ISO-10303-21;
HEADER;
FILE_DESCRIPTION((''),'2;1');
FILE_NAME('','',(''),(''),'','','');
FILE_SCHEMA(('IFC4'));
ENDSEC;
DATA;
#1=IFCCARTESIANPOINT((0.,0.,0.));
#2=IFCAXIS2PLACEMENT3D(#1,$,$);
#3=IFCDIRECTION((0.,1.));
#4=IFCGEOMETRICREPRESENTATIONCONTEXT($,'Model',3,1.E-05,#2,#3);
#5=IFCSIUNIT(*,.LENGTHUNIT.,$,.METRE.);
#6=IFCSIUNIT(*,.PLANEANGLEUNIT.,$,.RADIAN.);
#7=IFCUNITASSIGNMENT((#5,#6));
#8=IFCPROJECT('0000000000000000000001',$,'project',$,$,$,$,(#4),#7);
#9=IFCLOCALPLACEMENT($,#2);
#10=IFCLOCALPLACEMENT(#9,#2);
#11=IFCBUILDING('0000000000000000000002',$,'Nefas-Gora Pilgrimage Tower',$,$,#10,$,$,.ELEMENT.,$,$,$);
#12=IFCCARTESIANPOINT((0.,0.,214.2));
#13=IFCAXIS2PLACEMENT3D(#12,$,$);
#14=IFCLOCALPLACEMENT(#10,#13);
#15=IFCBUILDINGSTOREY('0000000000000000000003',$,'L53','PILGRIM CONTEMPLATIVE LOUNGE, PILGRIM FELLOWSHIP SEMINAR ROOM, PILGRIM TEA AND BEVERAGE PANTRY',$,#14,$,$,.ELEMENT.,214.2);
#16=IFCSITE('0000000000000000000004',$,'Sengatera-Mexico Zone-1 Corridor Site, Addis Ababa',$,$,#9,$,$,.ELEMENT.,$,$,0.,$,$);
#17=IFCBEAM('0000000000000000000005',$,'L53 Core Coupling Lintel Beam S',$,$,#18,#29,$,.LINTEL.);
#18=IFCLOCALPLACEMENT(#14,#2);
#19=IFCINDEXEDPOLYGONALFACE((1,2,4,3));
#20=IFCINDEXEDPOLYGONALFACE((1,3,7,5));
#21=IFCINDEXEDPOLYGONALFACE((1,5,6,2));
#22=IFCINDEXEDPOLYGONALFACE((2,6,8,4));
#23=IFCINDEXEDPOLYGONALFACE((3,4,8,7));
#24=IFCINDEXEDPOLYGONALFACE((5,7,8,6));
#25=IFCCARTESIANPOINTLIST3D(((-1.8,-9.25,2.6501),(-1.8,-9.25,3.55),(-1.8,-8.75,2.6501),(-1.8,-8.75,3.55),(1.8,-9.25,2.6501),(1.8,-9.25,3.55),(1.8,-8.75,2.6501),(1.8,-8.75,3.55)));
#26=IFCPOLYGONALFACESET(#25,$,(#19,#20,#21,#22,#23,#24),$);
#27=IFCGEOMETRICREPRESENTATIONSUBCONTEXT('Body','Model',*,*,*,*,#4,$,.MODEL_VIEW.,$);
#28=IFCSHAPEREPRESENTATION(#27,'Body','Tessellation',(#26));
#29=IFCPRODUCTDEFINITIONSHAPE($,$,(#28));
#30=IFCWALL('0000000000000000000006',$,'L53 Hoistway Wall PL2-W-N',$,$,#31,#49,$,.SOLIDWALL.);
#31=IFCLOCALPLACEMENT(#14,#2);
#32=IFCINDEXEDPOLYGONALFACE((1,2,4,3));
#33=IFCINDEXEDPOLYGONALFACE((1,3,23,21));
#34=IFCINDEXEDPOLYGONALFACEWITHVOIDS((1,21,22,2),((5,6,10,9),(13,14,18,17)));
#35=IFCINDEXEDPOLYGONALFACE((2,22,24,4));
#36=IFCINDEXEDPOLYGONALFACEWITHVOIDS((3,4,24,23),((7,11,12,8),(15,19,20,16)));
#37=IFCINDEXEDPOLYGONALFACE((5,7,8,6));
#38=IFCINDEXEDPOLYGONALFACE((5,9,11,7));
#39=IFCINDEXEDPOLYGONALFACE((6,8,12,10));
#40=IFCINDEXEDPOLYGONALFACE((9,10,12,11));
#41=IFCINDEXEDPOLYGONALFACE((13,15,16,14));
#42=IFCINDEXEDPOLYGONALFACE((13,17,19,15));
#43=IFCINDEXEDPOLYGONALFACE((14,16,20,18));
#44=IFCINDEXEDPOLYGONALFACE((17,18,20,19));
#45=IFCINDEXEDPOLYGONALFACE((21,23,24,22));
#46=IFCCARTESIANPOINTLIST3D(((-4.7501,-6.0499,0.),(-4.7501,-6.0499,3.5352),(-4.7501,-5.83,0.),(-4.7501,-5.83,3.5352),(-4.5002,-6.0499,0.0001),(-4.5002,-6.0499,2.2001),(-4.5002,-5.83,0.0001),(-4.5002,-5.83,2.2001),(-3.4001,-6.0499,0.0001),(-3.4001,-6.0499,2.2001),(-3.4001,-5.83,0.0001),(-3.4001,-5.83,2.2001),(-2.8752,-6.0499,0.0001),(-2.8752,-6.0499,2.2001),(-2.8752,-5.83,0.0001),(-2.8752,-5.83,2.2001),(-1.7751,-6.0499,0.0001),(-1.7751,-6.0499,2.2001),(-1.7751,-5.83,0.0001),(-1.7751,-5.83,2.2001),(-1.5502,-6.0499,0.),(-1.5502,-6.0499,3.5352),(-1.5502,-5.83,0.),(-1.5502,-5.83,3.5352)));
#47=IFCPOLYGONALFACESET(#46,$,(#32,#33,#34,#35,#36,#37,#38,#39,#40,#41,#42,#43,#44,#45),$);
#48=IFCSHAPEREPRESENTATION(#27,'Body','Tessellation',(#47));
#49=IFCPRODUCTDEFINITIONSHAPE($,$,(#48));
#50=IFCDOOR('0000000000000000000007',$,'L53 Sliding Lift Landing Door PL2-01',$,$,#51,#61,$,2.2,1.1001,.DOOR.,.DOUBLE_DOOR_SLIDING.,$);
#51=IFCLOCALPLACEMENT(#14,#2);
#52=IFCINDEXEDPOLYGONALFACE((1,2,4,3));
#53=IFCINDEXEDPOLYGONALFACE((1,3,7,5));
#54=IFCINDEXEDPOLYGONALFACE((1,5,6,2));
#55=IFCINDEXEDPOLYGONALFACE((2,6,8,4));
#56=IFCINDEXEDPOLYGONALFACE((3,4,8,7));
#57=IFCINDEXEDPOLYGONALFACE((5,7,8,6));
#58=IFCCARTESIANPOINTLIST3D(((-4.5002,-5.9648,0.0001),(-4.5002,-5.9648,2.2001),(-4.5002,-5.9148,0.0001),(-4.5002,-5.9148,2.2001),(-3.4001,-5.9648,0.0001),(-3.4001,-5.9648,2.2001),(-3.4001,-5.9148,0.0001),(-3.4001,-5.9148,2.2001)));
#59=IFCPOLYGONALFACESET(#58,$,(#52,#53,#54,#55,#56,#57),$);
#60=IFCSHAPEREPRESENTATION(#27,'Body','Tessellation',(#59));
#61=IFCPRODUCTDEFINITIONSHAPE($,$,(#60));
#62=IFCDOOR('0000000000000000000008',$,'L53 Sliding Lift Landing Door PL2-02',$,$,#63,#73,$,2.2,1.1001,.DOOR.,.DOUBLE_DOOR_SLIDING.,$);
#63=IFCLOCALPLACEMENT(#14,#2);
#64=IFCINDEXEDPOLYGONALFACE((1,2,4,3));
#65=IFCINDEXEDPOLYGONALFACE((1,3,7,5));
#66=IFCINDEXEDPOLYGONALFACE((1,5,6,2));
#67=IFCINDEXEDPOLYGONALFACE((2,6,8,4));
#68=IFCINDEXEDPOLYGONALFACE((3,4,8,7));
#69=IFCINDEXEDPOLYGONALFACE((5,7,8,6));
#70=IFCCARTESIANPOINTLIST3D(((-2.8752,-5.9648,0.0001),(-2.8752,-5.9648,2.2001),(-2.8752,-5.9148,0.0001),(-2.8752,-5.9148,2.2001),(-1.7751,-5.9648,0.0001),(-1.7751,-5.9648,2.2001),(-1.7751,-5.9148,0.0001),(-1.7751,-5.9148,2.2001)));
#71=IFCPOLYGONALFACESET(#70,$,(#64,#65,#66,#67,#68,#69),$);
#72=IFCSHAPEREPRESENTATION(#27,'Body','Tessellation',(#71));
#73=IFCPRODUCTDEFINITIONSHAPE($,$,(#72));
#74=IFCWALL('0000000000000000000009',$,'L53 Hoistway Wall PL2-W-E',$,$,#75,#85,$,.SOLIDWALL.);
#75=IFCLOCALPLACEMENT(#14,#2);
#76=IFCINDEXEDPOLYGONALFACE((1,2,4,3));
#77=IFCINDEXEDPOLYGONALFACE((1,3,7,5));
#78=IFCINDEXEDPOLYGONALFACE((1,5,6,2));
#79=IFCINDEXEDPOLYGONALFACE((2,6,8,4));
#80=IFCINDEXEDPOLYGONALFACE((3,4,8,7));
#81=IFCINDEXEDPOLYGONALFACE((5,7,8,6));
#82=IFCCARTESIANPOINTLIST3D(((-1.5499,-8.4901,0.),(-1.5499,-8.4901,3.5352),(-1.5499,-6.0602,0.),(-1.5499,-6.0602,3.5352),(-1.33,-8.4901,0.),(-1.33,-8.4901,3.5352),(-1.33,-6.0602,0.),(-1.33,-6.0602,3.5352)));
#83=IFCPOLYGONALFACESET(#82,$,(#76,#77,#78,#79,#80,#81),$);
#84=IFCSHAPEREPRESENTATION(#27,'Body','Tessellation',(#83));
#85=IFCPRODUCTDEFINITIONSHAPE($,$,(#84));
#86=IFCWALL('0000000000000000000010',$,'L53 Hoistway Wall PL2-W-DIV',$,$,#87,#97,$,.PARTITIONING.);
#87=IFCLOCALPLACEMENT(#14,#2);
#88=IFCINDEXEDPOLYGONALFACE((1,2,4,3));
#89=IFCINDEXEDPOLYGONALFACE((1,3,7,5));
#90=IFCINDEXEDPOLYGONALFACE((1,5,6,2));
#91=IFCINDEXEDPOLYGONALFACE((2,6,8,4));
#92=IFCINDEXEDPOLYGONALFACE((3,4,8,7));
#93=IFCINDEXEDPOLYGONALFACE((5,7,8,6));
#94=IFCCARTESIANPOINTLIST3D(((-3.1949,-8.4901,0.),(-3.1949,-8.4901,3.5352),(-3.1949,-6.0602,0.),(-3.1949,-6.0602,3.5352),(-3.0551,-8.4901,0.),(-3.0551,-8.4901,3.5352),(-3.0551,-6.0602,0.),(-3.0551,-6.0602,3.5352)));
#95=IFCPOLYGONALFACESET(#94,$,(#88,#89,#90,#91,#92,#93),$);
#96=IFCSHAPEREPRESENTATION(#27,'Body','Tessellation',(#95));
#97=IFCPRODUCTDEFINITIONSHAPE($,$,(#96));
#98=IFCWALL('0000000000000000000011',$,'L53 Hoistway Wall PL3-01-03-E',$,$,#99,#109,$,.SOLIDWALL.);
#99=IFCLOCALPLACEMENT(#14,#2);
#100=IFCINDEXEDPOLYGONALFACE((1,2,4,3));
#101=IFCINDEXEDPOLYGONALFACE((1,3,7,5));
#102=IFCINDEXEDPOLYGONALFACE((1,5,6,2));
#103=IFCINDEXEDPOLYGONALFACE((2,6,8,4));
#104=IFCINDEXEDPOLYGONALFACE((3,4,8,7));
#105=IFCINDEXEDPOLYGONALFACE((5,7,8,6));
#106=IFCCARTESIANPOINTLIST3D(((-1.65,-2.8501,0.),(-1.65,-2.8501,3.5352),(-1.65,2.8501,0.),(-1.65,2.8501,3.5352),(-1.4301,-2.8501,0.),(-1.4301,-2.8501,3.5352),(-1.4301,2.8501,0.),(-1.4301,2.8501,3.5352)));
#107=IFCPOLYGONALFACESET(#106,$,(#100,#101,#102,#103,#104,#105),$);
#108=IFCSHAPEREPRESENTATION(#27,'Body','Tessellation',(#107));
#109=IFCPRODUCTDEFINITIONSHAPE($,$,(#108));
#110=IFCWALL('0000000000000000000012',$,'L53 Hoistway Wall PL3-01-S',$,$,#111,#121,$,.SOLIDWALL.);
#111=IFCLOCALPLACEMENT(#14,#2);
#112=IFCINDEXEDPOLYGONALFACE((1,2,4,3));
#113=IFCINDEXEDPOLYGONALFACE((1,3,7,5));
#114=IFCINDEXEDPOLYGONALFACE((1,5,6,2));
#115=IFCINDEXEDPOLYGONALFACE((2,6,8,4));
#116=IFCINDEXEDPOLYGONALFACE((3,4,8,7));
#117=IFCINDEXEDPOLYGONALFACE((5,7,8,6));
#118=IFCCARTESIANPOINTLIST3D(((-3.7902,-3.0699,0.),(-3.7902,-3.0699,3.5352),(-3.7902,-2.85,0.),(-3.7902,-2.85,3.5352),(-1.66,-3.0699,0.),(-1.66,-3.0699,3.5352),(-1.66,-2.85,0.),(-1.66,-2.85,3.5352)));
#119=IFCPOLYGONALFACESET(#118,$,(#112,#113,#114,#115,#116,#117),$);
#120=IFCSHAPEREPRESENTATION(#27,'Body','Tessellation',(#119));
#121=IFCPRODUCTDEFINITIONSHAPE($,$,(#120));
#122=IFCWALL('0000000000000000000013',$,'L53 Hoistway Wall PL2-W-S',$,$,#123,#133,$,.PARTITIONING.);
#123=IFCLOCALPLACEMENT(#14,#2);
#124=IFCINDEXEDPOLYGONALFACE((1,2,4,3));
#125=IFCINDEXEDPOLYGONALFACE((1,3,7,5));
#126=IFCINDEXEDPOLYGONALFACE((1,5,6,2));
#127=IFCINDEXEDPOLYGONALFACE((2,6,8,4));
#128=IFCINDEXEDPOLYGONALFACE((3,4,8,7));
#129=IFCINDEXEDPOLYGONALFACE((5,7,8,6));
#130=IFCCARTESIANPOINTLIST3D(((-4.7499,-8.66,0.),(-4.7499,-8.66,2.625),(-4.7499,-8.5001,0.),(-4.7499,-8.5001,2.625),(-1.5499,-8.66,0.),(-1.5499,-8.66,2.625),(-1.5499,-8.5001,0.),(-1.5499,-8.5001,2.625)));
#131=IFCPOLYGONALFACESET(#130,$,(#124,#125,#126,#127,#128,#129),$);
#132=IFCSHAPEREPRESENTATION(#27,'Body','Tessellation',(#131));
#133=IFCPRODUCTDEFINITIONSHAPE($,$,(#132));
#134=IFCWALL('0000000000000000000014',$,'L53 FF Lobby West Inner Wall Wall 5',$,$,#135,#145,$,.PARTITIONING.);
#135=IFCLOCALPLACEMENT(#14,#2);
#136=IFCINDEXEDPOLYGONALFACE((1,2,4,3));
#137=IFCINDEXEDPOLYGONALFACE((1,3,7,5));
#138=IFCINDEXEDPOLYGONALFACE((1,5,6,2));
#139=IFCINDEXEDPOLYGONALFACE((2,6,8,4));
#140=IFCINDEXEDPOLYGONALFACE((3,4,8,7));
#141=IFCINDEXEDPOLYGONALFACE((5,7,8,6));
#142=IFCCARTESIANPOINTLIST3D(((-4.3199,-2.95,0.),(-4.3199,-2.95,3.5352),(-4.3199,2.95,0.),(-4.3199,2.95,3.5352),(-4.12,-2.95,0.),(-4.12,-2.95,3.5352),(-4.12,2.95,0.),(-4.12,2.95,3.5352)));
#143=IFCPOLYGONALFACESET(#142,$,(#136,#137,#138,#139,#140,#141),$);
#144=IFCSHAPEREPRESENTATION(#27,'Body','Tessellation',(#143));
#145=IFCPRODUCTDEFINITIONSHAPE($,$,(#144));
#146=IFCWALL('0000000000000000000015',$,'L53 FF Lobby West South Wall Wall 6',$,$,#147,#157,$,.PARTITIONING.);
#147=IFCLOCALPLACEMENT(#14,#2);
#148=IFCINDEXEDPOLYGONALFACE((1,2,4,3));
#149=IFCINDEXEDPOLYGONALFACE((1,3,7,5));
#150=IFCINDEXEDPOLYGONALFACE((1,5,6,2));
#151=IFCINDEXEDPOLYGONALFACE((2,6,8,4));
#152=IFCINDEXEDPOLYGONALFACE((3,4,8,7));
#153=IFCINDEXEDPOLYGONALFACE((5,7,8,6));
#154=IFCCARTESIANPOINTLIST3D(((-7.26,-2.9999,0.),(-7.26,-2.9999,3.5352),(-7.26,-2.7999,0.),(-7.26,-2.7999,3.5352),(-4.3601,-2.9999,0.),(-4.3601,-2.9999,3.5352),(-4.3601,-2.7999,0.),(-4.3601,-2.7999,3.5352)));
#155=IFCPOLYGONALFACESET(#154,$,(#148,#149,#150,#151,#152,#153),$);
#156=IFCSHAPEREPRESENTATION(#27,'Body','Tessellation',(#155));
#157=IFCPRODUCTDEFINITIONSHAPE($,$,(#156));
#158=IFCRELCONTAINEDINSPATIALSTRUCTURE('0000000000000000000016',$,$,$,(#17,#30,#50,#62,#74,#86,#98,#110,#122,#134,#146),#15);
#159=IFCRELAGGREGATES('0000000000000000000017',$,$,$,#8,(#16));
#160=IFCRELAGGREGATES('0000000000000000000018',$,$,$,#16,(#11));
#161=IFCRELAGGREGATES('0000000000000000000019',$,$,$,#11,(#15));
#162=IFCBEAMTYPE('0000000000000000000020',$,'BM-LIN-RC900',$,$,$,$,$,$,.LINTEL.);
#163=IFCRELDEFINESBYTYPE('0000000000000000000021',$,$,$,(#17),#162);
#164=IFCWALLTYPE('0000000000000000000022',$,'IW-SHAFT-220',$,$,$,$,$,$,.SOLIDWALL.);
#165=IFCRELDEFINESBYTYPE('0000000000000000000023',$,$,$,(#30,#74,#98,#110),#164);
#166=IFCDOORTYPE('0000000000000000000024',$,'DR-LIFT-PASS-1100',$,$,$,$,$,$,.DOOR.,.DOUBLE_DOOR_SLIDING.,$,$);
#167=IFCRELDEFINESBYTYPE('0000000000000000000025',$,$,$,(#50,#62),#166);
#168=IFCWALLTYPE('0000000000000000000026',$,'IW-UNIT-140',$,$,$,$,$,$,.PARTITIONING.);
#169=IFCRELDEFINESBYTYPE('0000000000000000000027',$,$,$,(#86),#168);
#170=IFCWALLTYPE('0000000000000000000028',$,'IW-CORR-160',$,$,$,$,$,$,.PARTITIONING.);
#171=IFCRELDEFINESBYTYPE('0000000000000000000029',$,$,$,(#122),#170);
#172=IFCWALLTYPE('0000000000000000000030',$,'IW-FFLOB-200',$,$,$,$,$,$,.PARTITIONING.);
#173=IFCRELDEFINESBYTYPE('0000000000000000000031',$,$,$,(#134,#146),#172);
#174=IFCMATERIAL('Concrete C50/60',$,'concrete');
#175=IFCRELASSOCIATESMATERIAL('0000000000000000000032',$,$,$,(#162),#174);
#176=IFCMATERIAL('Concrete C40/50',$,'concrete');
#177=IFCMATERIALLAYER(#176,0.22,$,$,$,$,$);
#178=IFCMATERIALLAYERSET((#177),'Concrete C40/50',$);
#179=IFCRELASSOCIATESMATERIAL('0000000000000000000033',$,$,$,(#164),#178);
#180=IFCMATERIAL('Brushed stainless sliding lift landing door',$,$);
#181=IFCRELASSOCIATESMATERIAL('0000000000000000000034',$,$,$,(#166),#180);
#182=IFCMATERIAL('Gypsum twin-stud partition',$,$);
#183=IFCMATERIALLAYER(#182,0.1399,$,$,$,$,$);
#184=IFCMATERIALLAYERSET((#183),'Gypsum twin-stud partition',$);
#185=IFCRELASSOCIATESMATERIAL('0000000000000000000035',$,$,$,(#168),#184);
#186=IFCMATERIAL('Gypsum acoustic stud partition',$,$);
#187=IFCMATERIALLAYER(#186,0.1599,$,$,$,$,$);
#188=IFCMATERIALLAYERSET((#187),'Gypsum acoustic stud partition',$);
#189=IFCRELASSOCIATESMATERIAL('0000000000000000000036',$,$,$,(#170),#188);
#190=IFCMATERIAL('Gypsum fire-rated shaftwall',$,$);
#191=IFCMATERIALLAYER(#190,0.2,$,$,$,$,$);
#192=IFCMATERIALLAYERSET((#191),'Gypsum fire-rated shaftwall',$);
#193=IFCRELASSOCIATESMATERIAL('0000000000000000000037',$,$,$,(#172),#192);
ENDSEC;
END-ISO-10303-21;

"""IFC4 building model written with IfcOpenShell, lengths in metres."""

from ifc_helpers import new_model, si_unit, direction, frame, frame_2d, origin, origin_2d, place, context, subcontext, project, spatial, rectangle, extrude, source, transform, mapped, material, layer, layer_set, material_profile, profile_set, type_object, element, fill, save


model = new_model("IFC4")

# Units and contexts
model_context = context("Model", 3, precision=1e-05, world=origin(), true_north=direction((0.0, 1.0)))
body_context = subcontext(model_context, "Body", "Model", "MODEL_VIEW")
ifc_project = project(units=[si_unit("LENGTHUNIT", "METRE"), si_unit("PLANEANGLEUNIT", "RADIAN")], contexts=[model_context])

# Site, building, storey
site_placement = place(None, origin())
site = spatial("IfcSite", under=ifc_project, at=site_placement, Name="Sengatera-Mexico Zone-1 Corridor Site, Addis Ababa", CompositionType="ELEMENT", RefElevation=0.0)
building_placement = place(site_placement, origin())
building = spatial("IfcBuilding", under=site, at=building_placement, Name="Nefas-Gora Pilgrimage Tower", CompositionType="ELEMENT")
storey_placement = place(building_placement, frame((0.0, 0.0, 214.2)))
storey = spatial("IfcBuildingStorey", under=building, at=storey_placement, Name="L53", Description="PILGRIM CONTEMPLATIVE LOUNGE, PILGRIM FELLOWSHIP SEMINAR ROOM, PILGRIM TEA AND BEVERAGE PANTRY", CompositionType="ELEMENT", Elevation=214.2)

# Beam
ifc_material_1 = material(Name="Concrete C50/60", Category="concrete")
ifc_material_profile = material_profile(ifc_material_1, rectangle(XDim=0.5, YDim=0.8999, at=origin_2d()), Name="RC 500x900")
ifc_profile_set = profile_set([ifc_material_profile], Name="Concrete C50/60")
beam_type = type_object("IfcBeamType", Name="BM-LIN-RC900", PredefinedType="LINTEL", material=ifc_profile_set)
shared_shape_1 = source(origin(), body_context, "Body", "SweptSolid", [
    extrude(rectangle(XDim=0.5, YDim=0.8999, at=origin_2d()), origin(), (0.0, 0.0, 1.0), 3.6001),
])
beam_placement = place(storey_placement, frame((-1.8, -9.0, 3.1001), z_axis=(1.0, 0.0, 0.0), x_axis=(0.0, 1.0, 0.0)))
element("IfcBeam", 1, at=beam_placement, inside=storey, type_object=beam_type, Name="L53 Core Coupling Lintel Beam S", PredefinedType="LINTEL", context=body_context, shape_type="MappedRepresentation", body=[
    mapped(shared_shape_1, transform((0.0, 0.0, 0.0), x_axis=(1.0, 0.0, 0.0), y_axis=(0.0, 1.0, 0.0), z_axis=(0.0, 0.0, 1.0), scale=1.0)),
])

# Wall, openings, doors
ifc_material_2 = material(Name="Concrete C40/50", Category="concrete")
ifc_layer_1 = layer(ifc_material_2, 0.22)
ifc_layer_set_1 = layer_set([ifc_layer_1], Name="Concrete C40/50")
wall_type_1 = type_object("IfcWallType", Name="IW-SHAFT-220", PredefinedType="SOLIDWALL", material=ifc_layer_set_1)
shared_shape_2 = source(origin(), body_context, "Body", "SweptSolid", [
    extrude(rectangle(XDim=3.2, YDim=0.22, at=frame_2d((1.6001, 0.0))), origin(), (0.0, 0.0, 1.0), 3.5352),
])
wall_1_placement = place(storey_placement, frame((-1.55, -5.9399, 0.0), z_axis=(0.0, 0.0, 1.0), x_axis=(-1.0, 0.0, 0.0)))
wall_1 = element("IfcWall", 2, at=wall_1_placement, inside=storey, type_object=wall_type_1, Name="L53 Hoistway Wall PL2-W-N", PredefinedType="SOLIDWALL", context=body_context, shape_type="MappedRepresentation", body=[
    mapped(shared_shape_2, transform((0.0, 0.0, 0.0), x_axis=(1.0, 0.0, 0.0), y_axis=(0.0, 1.0, 0.0), z_axis=(0.0, 0.0, 1.0), scale=1.0)),
])
opening_1_placement = place(wall_1_placement, frame((1.8501, 0.0, 0.0)))
opening_1 = element("IfcOpeningElement", 3, at=opening_1_placement, cuts=wall_1, PredefinedType="OPENING", context=body_context, shape_type="SweptSolid", body=[
    extrude(rectangle(XDim=1.1001, YDim=2.2, at=frame_2d((0.55, 1.1001))), frame((0.0, 0.1199, 0.0), z_axis=(0.0, -1.0, 0.0), x_axis=(1.0, 0.0, 0.0)), (0.0, 0.0, 1.0), 0.24),
])
opening_2_placement = place(wall_1_placement, frame((0.2251, 0.0, 0.0)))
opening_2 = element("IfcOpeningElement", 4, at=opening_2_placement, cuts=wall_1, PredefinedType="OPENING", context=body_context, shape_type="SweptSolid", body=[
    extrude(rectangle(XDim=1.1001, YDim=2.2, at=frame_2d((0.55, 1.1001))), frame((0.0, 0.1199, 0.0), z_axis=(0.0, -1.0, 0.0), x_axis=(1.0, 0.0, 0.0)), (0.0, 0.0, 1.0), 0.24),
])
ifc_material_3 = material(Name="Brushed stainless sliding lift landing door")
door_type_1 = type_object("IfcDoorType", Name="DR-LIFT-PASS-1100", OperationType="DOUBLE_DOOR_SLIDING", PredefinedType="DOOR", material=ifc_material_3)
shared_shape_3 = source(origin(), body_context, "Body", "SweptSolid", [
    extrude(rectangle(XDim=1.1001, YDim=2.2, at=frame_2d((0.55, 1.1001))), frame((0.0, 0.0249, 0.0), z_axis=(0.0, -1.0, 0.0), x_axis=(1.0, 0.0, 0.0)), (0.0, 0.0, 1.0), 0.05),
])
door_1_placement = place(opening_1_placement, origin())
door_1 = element("IfcDoor", 5, at=door_1_placement, inside=storey, type_object=door_type_1, Name="L53 Sliding Lift Landing Door PL2-01", OperationType="DOUBLE_DOOR_SLIDING", OverallHeight=2.2, OverallWidth=1.1001, PredefinedType="DOOR", context=body_context, shape_type="MappedRepresentation", body=[
    mapped(shared_shape_3, transform((0.0, 0.0, 0.0), x_axis=(1.0, 0.0, 0.0), y_axis=(0.0, 1.0, 0.0), z_axis=(0.0, 0.0, 1.0), scale=1.0)),
])
fill(opening_1, door_1)
door_2_placement = place(opening_2_placement, origin())
door_2 = element("IfcDoor", 6, at=door_2_placement, inside=storey, type_object=door_type_1, Name="L53 Sliding Lift Landing Door PL2-02", OperationType="DOUBLE_DOOR_SLIDING", OverallHeight=2.2, OverallWidth=1.1001, PredefinedType="DOOR", context=body_context, shape_type="MappedRepresentation", body=[
    mapped(shared_shape_3, transform((0.0, 0.0, 0.0), x_axis=(1.0, 0.0, 0.0), y_axis=(0.0, 1.0, 0.0), z_axis=(0.0, 0.0, 1.0), scale=1.0)),
])
fill(opening_2, door_2)

# Walls
shared_shape_4 = source(origin(), body_context, "Body", "SweptSolid", [
    extrude(rectangle(XDim=2.4299, YDim=0.22, at=frame_2d((1.2148, 0.0))), origin(), (0.0, 0.0, 1.0), 3.5352),
])
for number, where, z_axis, x_axis, name in (
    (7, (-1.4399, -8.49, 0.0), (0.0, 0.0, 1.0), (0.0, 1.0, 0.0), "L53 Hoistway Wall PL2-W-E"),
):
    element("IfcWall", number, at=place(storey_placement, frame(where, z_axis=z_axis, x_axis=x_axis)), inside=storey, type_object=wall_type_1, Name=name, PredefinedType="SOLIDWALL", context=body_context, shape_type="MappedRepresentation", body=[
        mapped(shared_shape_4, transform((0.0, 0.0, 0.0), x_axis=(1.0, 0.0, 0.0), y_axis=(0.0, 1.0, 0.0), z_axis=(0.0, 0.0, 1.0), scale=1.0)),
    ])
ifc_material_4 = material(Name="Gypsum twin-stud partition")
ifc_layer_2 = layer(ifc_material_4, 0.1399)
ifc_layer_set_2 = layer_set([ifc_layer_2], Name="Gypsum twin-stud partition")
wall_type_2 = type_object("IfcWallType", Name="IW-UNIT-140", PredefinedType="PARTITIONING", material=ifc_layer_set_2)
shared_shape_5 = source(origin(), body_context, "Body", "SweptSolid", [
    extrude(rectangle(XDim=2.4299, YDim=0.1399, at=frame_2d((1.2148, 0.0))), origin(), (0.0, 0.0, 1.0), 3.5352),
])
wall_2_placement = place(storey_placement, frame((-3.125, -8.49, 0.0), z_axis=(0.0, 0.0, 1.0), x_axis=(0.0, 1.0, 0.0)))
element("IfcWall", 8, at=wall_2_placement, inside=storey, type_object=wall_type_2, Name="L53 Hoistway Wall PL2-W-DIV", PredefinedType="PARTITIONING", context=body_context, shape_type="MappedRepresentation", body=[
    mapped(shared_shape_5, transform((0.0, 0.0, 0.0), x_axis=(1.0, 0.0, 0.0), y_axis=(0.0, 1.0, 0.0), z_axis=(0.0, 0.0, 1.0), scale=1.0)),
])
shared_shape_6 = source(origin(), body_context, "Body", "SweptSolid", [
    extrude(rectangle(XDim=5.7002, YDim=0.22, at=frame_2d((2.8501, 0.0))), origin(), (0.0, 0.0, 1.0), 3.5352),
])
wall_3_placement = place(storey_placement, frame((-1.54, -2.8501, 0.0), z_axis=(0.0, 0.0, 1.0), x_axis=(0.0, 1.0, 0.0)))
element("IfcWall", 9, at=wall_3_placement, inside=storey, type_object=wall_type_1, Name="L53 Hoistway Wall PL3-01-03-E", PredefinedType="SOLIDWALL", context=body_context, shape_type="MappedRepresentation", body=[
    mapped(shared_shape_6, transform((0.0, 0.0, 0.0), x_axis=(1.0, 0.0, 0.0), y_axis=(0.0, 1.0, 0.0), z_axis=(0.0, 0.0, 1.0), scale=1.0)),
])
shared_shape_7 = source(origin(), body_context, "Body", "SweptSolid", [
    extrude(rectangle(XDim=2.1301, YDim=0.22, at=frame_2d((1.0649, 0.0))), origin(), (0.0, 0.0, 1.0), 3.5352),
])
wall_4_placement = place(storey_placement, frame((-3.79, -2.96, 0.0), z_axis=(0.0, 0.0, 1.0), x_axis=(1.0, 0.0, 0.0)))
element("IfcWall", 10, at=wall_4_placement, inside=storey, type_object=wall_type_1, Name="L53 Hoistway Wall PL3-01-S", PredefinedType="SOLIDWALL", context=body_context, shape_type="MappedRepresentation", body=[
    mapped(shared_shape_7, transform((0.0, 0.0, 0.0), x_axis=(1.0, 0.0, 0.0), y_axis=(0.0, 1.0, 0.0), z_axis=(0.0, 0.0, 1.0), scale=1.0)),
])
ifc_material_5 = material(Name="Gypsum acoustic stud partition")
ifc_layer_3 = layer(ifc_material_5, 0.1599)
ifc_layer_set_3 = layer_set([ifc_layer_3], Name="Gypsum acoustic stud partition")
wall_type_3 = type_object("IfcWallType", Name="IW-CORR-160", PredefinedType="PARTITIONING", material=ifc_layer_set_3)
shared_shape_8 = source(origin(), body_context, "Body", "SweptSolid", [
    extrude(rectangle(XDim=3.2, YDim=0.1599, at=frame_2d((1.6001, 0.0))), origin(), (0.0, 0.0, 1.0), 2.625),
])
wall_5_placement = place(storey_placement, frame((-4.75, -8.5801, 0.0), z_axis=(0.0, 0.0, 1.0), x_axis=(1.0, 0.0, 0.0)))
element("IfcWall", 11, at=wall_5_placement, inside=storey, type_object=wall_type_3, Name="L53 Hoistway Wall PL2-W-S", PredefinedType="PARTITIONING", context=body_context, shape_type="MappedRepresentation", body=[
    mapped(shared_shape_8, transform((0.0, 0.0, 0.0), x_axis=(1.0, 0.0, 0.0), y_axis=(0.0, 1.0, 0.0), z_axis=(0.0, 0.0, 1.0), scale=1.0)),
])
ifc_material_6 = material(Name="Gypsum fire-rated shaftwall")
ifc_layer_4 = layer(ifc_material_6, 0.2)
ifc_layer_set_4 = layer_set([ifc_layer_4], Name="Gypsum fire-rated shaftwall")
wall_type_4 = type_object("IfcWallType", Name="IW-FFLOB-200", PredefinedType="PARTITIONING", material=ifc_layer_set_4)
shared_shape_9 = source(origin(), body_context, "Body", "SweptSolid", [
    extrude(rectangle(XDim=5.8999, YDim=0.2, at=frame_2d((2.95, 0.0))), origin(), (0.0, 0.0, 1.0), 3.5352),
])
wall_6_placement = place(storey_placement, frame((-4.22, -2.95, 0.0), z_axis=(0.0, 0.0, 1.0), x_axis=(0.0, 1.0, 0.0)))
element("IfcWall", 12, at=wall_6_placement, inside=storey, type_object=wall_type_4, Name="L53 FF Lobby West Inner Wall Wall 5", PredefinedType="PARTITIONING", context=body_context, shape_type="MappedRepresentation", body=[
    mapped(shared_shape_9, transform((0.0, 0.0, 0.0), x_axis=(1.0, 0.0, 0.0), y_axis=(0.0, 1.0, 0.0), z_axis=(0.0, 0.0, 1.0), scale=1.0)),
])
shared_shape_10 = source(origin(), body_context, "Body", "SweptSolid", [
    extrude(rectangle(XDim=2.8999, YDim=0.2, at=frame_2d((1.45, 0.0))), origin(), (0.0, 0.0, 1.0), 3.5352),
])
wall_7_placement = place(storey_placement, frame((-7.26, -2.8999, 0.0), z_axis=(0.0, 0.0, 1.0), x_axis=(1.0, 0.0, 0.0)))
element("IfcWall", 13, at=wall_7_placement, inside=storey, type_object=wall_type_4, Name="L53 FF Lobby West South Wall Wall 6", PredefinedType="PARTITIONING", context=body_context, shape_type="MappedRepresentation", body=[
    mapped(shared_shape_10, transform((0.0, 0.0, 0.0), x_axis=(1.0, 0.0, 0.0), y_axis=(0.0, 1.0, 0.0), z_axis=(0.0, 0.0, 1.0), scale=1.0)),
])

save(model, "model.ifc")
